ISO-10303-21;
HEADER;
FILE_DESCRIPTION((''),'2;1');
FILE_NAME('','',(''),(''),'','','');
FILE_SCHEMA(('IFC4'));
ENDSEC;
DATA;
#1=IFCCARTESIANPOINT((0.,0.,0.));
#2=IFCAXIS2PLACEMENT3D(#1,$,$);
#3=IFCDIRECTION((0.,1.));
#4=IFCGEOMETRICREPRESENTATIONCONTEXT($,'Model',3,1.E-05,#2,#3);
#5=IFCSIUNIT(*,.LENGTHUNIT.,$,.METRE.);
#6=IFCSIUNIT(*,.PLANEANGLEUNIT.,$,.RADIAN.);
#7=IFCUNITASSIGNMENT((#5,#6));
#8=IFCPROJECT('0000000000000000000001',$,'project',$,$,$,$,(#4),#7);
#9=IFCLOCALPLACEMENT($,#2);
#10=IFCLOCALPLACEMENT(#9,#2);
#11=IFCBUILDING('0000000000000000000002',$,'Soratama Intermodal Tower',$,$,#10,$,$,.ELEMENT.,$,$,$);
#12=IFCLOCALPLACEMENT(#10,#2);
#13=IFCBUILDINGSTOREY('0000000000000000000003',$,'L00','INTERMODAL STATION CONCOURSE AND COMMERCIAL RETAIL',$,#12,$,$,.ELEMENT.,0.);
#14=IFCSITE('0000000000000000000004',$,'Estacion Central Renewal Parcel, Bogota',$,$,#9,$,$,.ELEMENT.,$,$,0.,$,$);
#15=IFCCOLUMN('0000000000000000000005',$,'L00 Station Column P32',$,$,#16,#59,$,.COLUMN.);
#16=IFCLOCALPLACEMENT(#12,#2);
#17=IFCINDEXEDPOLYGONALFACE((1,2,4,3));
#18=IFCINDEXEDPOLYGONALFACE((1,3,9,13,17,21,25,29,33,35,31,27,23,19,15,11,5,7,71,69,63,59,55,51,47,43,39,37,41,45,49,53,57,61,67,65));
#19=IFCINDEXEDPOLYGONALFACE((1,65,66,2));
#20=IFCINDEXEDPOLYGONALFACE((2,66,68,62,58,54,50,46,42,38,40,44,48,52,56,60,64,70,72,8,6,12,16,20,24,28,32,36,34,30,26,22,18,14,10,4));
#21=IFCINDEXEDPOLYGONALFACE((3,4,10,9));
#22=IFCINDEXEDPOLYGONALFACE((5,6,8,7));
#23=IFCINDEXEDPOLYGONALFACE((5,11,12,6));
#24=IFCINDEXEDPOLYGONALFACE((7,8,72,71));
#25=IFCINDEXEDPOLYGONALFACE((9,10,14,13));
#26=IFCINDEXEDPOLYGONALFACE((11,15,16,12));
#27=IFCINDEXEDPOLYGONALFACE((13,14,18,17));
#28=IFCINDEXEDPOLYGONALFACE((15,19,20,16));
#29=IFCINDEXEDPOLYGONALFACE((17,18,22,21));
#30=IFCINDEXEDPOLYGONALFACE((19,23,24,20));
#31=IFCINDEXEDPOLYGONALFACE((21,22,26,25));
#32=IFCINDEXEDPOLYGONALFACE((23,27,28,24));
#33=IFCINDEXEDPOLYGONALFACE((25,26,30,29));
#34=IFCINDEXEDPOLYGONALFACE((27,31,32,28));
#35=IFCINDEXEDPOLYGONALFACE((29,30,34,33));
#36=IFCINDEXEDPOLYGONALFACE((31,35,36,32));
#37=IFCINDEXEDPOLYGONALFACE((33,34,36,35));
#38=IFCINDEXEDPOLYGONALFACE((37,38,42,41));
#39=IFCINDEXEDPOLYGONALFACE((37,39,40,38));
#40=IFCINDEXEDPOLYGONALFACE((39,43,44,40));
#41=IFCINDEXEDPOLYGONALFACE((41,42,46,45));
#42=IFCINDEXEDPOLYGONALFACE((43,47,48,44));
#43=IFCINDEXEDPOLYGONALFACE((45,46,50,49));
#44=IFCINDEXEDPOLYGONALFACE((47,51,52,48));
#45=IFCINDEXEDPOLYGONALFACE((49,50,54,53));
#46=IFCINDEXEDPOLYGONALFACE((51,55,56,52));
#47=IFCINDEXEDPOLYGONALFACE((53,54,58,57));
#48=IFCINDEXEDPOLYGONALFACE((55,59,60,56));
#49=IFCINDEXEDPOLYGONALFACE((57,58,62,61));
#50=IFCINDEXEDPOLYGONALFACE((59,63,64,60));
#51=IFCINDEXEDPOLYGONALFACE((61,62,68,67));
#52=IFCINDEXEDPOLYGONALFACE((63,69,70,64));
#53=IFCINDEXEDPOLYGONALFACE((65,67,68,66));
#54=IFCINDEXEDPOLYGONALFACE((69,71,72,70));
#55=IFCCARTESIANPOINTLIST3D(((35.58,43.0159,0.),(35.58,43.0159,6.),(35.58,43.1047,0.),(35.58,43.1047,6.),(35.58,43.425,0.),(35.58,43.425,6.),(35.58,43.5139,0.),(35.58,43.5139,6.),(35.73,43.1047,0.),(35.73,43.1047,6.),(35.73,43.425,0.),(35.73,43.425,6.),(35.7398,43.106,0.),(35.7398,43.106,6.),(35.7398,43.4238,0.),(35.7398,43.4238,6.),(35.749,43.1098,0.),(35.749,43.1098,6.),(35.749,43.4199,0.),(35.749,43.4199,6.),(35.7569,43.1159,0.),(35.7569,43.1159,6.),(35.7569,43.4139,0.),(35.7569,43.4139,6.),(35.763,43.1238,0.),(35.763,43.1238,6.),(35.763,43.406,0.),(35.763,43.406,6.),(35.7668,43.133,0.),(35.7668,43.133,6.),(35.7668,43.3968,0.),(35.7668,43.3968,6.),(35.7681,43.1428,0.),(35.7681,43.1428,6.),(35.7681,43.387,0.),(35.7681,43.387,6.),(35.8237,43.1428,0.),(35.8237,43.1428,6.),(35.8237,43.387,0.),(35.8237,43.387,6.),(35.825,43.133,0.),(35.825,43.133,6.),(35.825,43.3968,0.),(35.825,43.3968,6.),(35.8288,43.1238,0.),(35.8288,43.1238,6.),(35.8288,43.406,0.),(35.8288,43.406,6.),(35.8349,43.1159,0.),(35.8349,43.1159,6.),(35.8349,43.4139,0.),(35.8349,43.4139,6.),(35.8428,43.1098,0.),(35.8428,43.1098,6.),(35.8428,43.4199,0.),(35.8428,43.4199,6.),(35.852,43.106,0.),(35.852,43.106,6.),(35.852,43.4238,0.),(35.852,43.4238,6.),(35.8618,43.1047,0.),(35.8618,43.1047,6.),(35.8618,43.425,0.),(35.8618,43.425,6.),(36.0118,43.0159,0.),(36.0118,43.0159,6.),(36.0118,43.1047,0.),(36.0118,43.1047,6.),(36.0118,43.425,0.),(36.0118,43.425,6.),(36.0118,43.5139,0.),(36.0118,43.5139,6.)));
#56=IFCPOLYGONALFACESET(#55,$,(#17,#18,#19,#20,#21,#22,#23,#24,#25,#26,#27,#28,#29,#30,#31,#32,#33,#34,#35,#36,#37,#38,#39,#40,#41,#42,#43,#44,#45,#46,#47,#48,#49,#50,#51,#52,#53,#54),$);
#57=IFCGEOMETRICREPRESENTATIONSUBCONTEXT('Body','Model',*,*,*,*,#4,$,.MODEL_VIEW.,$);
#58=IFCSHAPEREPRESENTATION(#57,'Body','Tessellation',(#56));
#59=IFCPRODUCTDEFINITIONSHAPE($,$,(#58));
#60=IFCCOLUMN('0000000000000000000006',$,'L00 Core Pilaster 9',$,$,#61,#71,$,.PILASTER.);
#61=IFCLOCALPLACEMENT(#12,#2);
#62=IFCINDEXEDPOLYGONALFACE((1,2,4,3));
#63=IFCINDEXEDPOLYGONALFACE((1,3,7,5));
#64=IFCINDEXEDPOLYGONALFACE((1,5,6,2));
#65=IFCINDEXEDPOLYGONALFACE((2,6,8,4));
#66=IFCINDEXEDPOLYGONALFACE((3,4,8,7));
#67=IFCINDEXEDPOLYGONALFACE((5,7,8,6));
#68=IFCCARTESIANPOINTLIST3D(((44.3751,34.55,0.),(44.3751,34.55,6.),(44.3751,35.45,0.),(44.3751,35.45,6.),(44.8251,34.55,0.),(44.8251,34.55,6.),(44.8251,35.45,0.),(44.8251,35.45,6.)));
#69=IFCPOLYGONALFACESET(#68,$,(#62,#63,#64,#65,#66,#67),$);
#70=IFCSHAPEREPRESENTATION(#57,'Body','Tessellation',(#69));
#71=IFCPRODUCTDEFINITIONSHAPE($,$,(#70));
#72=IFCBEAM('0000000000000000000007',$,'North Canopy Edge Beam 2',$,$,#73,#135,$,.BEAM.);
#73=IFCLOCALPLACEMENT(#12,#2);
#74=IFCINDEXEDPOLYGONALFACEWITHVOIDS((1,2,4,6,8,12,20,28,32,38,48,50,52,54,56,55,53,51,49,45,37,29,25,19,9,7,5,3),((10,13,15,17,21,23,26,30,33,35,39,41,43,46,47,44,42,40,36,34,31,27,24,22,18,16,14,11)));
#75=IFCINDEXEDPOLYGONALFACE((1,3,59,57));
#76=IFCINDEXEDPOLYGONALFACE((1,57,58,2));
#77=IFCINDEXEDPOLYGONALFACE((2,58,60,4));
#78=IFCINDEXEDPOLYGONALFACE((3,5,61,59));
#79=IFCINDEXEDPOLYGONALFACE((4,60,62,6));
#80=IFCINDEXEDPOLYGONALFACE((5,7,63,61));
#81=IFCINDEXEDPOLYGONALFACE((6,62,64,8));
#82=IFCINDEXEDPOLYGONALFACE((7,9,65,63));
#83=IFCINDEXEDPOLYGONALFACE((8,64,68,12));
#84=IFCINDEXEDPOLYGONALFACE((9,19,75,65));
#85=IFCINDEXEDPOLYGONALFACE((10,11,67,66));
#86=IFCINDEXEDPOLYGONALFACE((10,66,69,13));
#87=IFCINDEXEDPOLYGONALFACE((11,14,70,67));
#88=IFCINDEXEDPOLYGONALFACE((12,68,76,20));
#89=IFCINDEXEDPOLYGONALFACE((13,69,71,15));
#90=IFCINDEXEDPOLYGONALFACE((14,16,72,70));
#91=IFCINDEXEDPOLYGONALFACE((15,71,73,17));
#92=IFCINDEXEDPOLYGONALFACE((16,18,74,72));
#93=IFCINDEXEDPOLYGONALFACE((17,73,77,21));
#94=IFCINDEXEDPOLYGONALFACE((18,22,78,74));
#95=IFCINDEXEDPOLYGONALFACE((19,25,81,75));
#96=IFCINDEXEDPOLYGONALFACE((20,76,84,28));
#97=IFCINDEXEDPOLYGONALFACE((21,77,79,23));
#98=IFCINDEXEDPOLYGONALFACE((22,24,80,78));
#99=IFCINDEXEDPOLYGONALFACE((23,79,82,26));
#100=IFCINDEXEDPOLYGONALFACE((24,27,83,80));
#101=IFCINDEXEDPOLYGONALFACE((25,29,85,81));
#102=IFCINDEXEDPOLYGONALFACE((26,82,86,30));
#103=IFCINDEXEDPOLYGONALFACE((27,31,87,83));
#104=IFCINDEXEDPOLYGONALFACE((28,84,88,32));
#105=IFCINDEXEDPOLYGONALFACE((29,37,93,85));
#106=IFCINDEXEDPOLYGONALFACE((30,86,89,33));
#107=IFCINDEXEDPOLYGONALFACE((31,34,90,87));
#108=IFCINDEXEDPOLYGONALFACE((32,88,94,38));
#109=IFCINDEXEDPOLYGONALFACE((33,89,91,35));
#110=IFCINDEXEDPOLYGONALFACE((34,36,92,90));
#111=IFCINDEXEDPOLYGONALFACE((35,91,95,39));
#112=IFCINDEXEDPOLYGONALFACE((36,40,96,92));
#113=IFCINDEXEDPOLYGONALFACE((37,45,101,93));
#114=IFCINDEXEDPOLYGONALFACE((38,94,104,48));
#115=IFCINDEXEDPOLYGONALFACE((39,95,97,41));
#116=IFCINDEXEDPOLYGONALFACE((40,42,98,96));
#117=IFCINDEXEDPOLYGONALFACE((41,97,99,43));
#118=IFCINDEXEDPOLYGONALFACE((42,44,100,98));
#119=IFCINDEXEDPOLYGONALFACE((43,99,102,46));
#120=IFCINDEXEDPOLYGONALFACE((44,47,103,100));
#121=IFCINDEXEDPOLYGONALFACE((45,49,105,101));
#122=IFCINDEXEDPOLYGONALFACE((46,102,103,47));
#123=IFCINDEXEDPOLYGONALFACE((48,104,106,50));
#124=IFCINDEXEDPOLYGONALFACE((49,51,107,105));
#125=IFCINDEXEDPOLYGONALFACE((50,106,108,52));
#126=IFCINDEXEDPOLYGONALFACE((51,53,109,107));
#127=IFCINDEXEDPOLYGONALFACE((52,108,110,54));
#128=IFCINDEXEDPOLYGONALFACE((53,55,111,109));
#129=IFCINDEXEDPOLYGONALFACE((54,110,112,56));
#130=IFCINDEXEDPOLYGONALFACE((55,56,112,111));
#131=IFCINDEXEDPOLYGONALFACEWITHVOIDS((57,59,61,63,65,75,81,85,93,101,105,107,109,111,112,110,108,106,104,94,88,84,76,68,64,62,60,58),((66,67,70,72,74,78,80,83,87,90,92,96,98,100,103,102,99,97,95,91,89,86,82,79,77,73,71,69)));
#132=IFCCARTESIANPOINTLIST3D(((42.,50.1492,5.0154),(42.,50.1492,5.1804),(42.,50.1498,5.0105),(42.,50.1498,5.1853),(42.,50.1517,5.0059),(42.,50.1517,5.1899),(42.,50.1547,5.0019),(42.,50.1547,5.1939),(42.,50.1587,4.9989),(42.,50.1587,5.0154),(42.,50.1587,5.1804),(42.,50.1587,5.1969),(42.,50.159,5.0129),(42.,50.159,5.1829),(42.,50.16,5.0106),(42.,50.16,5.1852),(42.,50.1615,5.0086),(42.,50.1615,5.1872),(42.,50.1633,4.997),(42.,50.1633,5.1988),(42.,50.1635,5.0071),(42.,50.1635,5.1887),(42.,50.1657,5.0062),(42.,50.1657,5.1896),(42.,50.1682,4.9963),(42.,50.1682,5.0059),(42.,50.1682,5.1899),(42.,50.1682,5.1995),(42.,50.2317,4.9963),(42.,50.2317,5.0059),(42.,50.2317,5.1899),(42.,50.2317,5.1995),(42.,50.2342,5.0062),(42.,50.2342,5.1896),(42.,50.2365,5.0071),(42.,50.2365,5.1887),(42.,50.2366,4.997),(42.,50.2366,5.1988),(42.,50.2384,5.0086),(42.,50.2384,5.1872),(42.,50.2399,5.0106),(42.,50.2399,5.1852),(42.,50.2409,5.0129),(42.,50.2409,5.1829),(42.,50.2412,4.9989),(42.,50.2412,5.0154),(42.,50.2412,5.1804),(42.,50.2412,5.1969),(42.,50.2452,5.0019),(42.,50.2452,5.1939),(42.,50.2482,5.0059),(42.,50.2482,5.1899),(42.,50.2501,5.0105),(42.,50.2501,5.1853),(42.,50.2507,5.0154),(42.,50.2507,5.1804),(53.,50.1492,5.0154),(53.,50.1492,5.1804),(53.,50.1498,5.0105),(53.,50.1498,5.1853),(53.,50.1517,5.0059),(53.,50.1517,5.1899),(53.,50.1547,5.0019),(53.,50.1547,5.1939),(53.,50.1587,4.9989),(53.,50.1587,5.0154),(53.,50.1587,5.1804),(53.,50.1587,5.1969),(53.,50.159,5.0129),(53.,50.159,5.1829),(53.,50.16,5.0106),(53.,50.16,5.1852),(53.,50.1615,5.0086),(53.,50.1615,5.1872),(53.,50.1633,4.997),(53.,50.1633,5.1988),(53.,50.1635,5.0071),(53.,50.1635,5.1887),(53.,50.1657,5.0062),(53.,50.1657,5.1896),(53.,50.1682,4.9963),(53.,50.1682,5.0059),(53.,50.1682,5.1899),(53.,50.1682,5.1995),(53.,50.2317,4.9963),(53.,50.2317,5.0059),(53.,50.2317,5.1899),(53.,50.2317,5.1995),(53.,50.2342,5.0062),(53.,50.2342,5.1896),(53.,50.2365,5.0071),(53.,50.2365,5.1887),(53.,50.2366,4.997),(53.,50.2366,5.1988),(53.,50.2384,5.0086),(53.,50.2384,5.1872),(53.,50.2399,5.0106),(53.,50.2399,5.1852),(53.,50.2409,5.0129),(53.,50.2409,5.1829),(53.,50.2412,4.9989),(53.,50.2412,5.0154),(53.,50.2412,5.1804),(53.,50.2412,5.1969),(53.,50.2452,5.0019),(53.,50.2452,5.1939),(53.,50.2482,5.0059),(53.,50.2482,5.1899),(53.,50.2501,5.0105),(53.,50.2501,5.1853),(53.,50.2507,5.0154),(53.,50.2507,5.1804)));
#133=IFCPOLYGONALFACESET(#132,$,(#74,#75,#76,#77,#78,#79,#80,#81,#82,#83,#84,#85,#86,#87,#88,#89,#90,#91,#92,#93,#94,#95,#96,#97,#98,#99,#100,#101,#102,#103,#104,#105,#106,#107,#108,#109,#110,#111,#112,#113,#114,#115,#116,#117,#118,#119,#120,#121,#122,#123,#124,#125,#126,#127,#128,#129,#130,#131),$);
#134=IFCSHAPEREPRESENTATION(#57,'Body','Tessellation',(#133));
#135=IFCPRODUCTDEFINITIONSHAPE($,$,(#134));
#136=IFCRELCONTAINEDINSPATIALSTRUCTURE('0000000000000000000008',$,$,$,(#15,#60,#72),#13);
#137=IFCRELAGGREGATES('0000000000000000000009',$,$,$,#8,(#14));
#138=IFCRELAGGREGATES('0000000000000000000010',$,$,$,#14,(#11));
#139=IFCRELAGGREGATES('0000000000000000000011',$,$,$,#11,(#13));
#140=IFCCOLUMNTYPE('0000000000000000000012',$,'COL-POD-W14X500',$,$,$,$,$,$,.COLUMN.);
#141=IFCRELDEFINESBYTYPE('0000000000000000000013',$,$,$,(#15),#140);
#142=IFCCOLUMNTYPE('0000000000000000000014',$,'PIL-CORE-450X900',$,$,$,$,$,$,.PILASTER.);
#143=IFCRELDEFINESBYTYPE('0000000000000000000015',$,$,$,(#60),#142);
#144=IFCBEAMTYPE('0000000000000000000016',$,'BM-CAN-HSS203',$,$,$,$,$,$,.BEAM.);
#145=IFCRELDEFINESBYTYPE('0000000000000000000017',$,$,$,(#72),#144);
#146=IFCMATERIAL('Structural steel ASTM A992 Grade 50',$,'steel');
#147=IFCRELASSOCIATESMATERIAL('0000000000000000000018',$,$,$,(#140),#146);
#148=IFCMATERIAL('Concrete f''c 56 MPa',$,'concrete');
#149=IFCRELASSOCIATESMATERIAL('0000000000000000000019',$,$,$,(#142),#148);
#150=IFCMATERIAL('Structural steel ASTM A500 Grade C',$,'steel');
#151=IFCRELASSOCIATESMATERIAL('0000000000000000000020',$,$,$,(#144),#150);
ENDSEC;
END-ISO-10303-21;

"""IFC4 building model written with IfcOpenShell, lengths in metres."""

from ifc_helpers import new_model, si_unit, direction, frame, origin, origin_2d, place, context, subcontext, project, spatial, rectangle, hollow_rectangle, i_section, extrude, material, material_profile, profile_set, type_object, element, save


model = new_model("IFC4")

# Units and contexts
model_context = context("Model", 3, precision=1e-05, world=origin(), true_north=direction((0.0, 1.0)))
body_context = subcontext(model_context, "Body", "Model", "MODEL_VIEW")
ifc_project = project(units=[si_unit("LENGTHUNIT", "METRE"), si_unit("PLANEANGLEUNIT", "RADIAN")], contexts=[model_context])

# Site, building, storey
site_placement = place(None, origin())
site = spatial("IfcSite", under=ifc_project, at=site_placement, Name="Estacion Central Renewal Parcel, Bogota", CompositionType="ELEMENT", RefElevation=0.0)
building_placement = place(site_placement, origin())
building = spatial("IfcBuilding", under=site, at=building_placement, Name="Soratama Intermodal Tower", CompositionType="ELEMENT")
storey_placement = place(building_placement, origin())
storey = spatial("IfcBuildingStorey", under=building, at=storey_placement, Name="L00", Description="INTERMODAL STATION CONCOURSE AND COMMERCIAL RETAIL", CompositionType="ELEMENT", Elevation=0.0)

# Columns
ifc_material_1 = material(Name="Structural steel ASTM A992 Grade 50", Category="steel")
ifc_material_profile_1 = material_profile(ifc_material_1, i_section(OverallWidth=0.4319, OverallDepth=0.498, WebThickness=0.0557, FlangeThickness=0.0889, FilletRadius=0.0381, at=origin_2d()), Name="W14X500")
ifc_profile_set_1 = profile_set([ifc_material_profile_1], Name="Structural steel ASTM A992 Grade 50")
column_type_1 = type_object("IfcColumnType", Name="COL-POD-W14X500", PredefinedType="COLUMN", material=ifc_profile_set_1)
for number, where, z_axis, x_axis, name in (
    (1, (35.7959, 43.2649, 0.0), (0.0, 0.0, 1.0), (1.0, 0.0, 0.0), "L00 Station Column P32"),
):
    element("IfcColumn", number, at=place(storey_placement, frame(where, z_axis=z_axis, x_axis=x_axis)), inside=storey, type_object=column_type_1, Name=name, PredefinedType="COLUMN", context=body_context, shape_type="SweptSolid", body=[
        extrude(i_section(OverallWidth=0.4319, OverallDepth=0.498, WebThickness=0.0557, FlangeThickness=0.0889, FilletRadius=0.0381, at=origin_2d()), origin(), (0.0, 0.0, 1.0), 6.0),
    ])
ifc_material_2 = material(Name="Concrete f'c 56 MPa", Category="concrete")
ifc_material_profile_2 = material_profile(ifc_material_2, rectangle(XDim=0.45, YDim=0.8999, at=origin_2d()), Name="RC450X900")
ifc_profile_set_2 = profile_set([ifc_material_profile_2], Name="Concrete f'c 56 MPa")
column_type_2 = type_object("IfcColumnType", Name="PIL-CORE-450X900", PredefinedType="PILASTER", material=ifc_profile_set_2)
column_1_placement = place(storey_placement, frame((44.6001, 35.0, 0.0), z_axis=(0.0, 0.0, 1.0), x_axis=(1.0, 0.0, 0.0)))
element("IfcColumn", 2, at=column_1_placement, inside=storey, type_object=column_type_2, Name="L00 Core Pilaster 9", PredefinedType="PILASTER", context=body_context, shape_type="SweptSolid", body=[
    extrude(rectangle(XDim=0.45, YDim=0.8999, at=origin_2d()), origin(), (0.0, 0.0, 1.0), 6.0),
])

# Beam
ifc_material_3 = material(Name="Structural steel ASTM A500 Grade C", Category="steel")
ifc_material_profile_3 = material_profile(ifc_material_3, hollow_rectangle(XDim=0.1016, YDim=0.2031, WallThickness=0.0095, InnerFilletRadius=0.0095, OuterFilletRadius=0.019, at=origin_2d()), Name="HSS203X102X9.5")
ifc_profile_set_3 = profile_set([ifc_material_profile_3], Name="Structural steel ASTM A500 Grade C")
beam_type_1 = type_object("IfcBeamType", Name="BM-CAN-HSS203", PredefinedType="BEAM", material=ifc_profile_set_3)
beam_1_placement = place(storey_placement, frame((42.0, 50.2, 5.0979), z_axis=(1.0, 0.0, 0.0), x_axis=(0.0, 1.0, 0.0)))
element("IfcBeam", 3, at=beam_1_placement, inside=storey, type_object=beam_type_1, Name="North Canopy Edge Beam 2", PredefinedType="BEAM", context=body_context, shape_type="SweptSolid", body=[
    extrude(hollow_rectangle(XDim=0.1016, YDim=0.2031, WallThickness=0.0095, InnerFilletRadius=0.0095, OuterFilletRadius=0.019, at=origin_2d()), origin(), (0.0, 0.0, 1.0), 11.0),
])

save(model, "model.ifc")
